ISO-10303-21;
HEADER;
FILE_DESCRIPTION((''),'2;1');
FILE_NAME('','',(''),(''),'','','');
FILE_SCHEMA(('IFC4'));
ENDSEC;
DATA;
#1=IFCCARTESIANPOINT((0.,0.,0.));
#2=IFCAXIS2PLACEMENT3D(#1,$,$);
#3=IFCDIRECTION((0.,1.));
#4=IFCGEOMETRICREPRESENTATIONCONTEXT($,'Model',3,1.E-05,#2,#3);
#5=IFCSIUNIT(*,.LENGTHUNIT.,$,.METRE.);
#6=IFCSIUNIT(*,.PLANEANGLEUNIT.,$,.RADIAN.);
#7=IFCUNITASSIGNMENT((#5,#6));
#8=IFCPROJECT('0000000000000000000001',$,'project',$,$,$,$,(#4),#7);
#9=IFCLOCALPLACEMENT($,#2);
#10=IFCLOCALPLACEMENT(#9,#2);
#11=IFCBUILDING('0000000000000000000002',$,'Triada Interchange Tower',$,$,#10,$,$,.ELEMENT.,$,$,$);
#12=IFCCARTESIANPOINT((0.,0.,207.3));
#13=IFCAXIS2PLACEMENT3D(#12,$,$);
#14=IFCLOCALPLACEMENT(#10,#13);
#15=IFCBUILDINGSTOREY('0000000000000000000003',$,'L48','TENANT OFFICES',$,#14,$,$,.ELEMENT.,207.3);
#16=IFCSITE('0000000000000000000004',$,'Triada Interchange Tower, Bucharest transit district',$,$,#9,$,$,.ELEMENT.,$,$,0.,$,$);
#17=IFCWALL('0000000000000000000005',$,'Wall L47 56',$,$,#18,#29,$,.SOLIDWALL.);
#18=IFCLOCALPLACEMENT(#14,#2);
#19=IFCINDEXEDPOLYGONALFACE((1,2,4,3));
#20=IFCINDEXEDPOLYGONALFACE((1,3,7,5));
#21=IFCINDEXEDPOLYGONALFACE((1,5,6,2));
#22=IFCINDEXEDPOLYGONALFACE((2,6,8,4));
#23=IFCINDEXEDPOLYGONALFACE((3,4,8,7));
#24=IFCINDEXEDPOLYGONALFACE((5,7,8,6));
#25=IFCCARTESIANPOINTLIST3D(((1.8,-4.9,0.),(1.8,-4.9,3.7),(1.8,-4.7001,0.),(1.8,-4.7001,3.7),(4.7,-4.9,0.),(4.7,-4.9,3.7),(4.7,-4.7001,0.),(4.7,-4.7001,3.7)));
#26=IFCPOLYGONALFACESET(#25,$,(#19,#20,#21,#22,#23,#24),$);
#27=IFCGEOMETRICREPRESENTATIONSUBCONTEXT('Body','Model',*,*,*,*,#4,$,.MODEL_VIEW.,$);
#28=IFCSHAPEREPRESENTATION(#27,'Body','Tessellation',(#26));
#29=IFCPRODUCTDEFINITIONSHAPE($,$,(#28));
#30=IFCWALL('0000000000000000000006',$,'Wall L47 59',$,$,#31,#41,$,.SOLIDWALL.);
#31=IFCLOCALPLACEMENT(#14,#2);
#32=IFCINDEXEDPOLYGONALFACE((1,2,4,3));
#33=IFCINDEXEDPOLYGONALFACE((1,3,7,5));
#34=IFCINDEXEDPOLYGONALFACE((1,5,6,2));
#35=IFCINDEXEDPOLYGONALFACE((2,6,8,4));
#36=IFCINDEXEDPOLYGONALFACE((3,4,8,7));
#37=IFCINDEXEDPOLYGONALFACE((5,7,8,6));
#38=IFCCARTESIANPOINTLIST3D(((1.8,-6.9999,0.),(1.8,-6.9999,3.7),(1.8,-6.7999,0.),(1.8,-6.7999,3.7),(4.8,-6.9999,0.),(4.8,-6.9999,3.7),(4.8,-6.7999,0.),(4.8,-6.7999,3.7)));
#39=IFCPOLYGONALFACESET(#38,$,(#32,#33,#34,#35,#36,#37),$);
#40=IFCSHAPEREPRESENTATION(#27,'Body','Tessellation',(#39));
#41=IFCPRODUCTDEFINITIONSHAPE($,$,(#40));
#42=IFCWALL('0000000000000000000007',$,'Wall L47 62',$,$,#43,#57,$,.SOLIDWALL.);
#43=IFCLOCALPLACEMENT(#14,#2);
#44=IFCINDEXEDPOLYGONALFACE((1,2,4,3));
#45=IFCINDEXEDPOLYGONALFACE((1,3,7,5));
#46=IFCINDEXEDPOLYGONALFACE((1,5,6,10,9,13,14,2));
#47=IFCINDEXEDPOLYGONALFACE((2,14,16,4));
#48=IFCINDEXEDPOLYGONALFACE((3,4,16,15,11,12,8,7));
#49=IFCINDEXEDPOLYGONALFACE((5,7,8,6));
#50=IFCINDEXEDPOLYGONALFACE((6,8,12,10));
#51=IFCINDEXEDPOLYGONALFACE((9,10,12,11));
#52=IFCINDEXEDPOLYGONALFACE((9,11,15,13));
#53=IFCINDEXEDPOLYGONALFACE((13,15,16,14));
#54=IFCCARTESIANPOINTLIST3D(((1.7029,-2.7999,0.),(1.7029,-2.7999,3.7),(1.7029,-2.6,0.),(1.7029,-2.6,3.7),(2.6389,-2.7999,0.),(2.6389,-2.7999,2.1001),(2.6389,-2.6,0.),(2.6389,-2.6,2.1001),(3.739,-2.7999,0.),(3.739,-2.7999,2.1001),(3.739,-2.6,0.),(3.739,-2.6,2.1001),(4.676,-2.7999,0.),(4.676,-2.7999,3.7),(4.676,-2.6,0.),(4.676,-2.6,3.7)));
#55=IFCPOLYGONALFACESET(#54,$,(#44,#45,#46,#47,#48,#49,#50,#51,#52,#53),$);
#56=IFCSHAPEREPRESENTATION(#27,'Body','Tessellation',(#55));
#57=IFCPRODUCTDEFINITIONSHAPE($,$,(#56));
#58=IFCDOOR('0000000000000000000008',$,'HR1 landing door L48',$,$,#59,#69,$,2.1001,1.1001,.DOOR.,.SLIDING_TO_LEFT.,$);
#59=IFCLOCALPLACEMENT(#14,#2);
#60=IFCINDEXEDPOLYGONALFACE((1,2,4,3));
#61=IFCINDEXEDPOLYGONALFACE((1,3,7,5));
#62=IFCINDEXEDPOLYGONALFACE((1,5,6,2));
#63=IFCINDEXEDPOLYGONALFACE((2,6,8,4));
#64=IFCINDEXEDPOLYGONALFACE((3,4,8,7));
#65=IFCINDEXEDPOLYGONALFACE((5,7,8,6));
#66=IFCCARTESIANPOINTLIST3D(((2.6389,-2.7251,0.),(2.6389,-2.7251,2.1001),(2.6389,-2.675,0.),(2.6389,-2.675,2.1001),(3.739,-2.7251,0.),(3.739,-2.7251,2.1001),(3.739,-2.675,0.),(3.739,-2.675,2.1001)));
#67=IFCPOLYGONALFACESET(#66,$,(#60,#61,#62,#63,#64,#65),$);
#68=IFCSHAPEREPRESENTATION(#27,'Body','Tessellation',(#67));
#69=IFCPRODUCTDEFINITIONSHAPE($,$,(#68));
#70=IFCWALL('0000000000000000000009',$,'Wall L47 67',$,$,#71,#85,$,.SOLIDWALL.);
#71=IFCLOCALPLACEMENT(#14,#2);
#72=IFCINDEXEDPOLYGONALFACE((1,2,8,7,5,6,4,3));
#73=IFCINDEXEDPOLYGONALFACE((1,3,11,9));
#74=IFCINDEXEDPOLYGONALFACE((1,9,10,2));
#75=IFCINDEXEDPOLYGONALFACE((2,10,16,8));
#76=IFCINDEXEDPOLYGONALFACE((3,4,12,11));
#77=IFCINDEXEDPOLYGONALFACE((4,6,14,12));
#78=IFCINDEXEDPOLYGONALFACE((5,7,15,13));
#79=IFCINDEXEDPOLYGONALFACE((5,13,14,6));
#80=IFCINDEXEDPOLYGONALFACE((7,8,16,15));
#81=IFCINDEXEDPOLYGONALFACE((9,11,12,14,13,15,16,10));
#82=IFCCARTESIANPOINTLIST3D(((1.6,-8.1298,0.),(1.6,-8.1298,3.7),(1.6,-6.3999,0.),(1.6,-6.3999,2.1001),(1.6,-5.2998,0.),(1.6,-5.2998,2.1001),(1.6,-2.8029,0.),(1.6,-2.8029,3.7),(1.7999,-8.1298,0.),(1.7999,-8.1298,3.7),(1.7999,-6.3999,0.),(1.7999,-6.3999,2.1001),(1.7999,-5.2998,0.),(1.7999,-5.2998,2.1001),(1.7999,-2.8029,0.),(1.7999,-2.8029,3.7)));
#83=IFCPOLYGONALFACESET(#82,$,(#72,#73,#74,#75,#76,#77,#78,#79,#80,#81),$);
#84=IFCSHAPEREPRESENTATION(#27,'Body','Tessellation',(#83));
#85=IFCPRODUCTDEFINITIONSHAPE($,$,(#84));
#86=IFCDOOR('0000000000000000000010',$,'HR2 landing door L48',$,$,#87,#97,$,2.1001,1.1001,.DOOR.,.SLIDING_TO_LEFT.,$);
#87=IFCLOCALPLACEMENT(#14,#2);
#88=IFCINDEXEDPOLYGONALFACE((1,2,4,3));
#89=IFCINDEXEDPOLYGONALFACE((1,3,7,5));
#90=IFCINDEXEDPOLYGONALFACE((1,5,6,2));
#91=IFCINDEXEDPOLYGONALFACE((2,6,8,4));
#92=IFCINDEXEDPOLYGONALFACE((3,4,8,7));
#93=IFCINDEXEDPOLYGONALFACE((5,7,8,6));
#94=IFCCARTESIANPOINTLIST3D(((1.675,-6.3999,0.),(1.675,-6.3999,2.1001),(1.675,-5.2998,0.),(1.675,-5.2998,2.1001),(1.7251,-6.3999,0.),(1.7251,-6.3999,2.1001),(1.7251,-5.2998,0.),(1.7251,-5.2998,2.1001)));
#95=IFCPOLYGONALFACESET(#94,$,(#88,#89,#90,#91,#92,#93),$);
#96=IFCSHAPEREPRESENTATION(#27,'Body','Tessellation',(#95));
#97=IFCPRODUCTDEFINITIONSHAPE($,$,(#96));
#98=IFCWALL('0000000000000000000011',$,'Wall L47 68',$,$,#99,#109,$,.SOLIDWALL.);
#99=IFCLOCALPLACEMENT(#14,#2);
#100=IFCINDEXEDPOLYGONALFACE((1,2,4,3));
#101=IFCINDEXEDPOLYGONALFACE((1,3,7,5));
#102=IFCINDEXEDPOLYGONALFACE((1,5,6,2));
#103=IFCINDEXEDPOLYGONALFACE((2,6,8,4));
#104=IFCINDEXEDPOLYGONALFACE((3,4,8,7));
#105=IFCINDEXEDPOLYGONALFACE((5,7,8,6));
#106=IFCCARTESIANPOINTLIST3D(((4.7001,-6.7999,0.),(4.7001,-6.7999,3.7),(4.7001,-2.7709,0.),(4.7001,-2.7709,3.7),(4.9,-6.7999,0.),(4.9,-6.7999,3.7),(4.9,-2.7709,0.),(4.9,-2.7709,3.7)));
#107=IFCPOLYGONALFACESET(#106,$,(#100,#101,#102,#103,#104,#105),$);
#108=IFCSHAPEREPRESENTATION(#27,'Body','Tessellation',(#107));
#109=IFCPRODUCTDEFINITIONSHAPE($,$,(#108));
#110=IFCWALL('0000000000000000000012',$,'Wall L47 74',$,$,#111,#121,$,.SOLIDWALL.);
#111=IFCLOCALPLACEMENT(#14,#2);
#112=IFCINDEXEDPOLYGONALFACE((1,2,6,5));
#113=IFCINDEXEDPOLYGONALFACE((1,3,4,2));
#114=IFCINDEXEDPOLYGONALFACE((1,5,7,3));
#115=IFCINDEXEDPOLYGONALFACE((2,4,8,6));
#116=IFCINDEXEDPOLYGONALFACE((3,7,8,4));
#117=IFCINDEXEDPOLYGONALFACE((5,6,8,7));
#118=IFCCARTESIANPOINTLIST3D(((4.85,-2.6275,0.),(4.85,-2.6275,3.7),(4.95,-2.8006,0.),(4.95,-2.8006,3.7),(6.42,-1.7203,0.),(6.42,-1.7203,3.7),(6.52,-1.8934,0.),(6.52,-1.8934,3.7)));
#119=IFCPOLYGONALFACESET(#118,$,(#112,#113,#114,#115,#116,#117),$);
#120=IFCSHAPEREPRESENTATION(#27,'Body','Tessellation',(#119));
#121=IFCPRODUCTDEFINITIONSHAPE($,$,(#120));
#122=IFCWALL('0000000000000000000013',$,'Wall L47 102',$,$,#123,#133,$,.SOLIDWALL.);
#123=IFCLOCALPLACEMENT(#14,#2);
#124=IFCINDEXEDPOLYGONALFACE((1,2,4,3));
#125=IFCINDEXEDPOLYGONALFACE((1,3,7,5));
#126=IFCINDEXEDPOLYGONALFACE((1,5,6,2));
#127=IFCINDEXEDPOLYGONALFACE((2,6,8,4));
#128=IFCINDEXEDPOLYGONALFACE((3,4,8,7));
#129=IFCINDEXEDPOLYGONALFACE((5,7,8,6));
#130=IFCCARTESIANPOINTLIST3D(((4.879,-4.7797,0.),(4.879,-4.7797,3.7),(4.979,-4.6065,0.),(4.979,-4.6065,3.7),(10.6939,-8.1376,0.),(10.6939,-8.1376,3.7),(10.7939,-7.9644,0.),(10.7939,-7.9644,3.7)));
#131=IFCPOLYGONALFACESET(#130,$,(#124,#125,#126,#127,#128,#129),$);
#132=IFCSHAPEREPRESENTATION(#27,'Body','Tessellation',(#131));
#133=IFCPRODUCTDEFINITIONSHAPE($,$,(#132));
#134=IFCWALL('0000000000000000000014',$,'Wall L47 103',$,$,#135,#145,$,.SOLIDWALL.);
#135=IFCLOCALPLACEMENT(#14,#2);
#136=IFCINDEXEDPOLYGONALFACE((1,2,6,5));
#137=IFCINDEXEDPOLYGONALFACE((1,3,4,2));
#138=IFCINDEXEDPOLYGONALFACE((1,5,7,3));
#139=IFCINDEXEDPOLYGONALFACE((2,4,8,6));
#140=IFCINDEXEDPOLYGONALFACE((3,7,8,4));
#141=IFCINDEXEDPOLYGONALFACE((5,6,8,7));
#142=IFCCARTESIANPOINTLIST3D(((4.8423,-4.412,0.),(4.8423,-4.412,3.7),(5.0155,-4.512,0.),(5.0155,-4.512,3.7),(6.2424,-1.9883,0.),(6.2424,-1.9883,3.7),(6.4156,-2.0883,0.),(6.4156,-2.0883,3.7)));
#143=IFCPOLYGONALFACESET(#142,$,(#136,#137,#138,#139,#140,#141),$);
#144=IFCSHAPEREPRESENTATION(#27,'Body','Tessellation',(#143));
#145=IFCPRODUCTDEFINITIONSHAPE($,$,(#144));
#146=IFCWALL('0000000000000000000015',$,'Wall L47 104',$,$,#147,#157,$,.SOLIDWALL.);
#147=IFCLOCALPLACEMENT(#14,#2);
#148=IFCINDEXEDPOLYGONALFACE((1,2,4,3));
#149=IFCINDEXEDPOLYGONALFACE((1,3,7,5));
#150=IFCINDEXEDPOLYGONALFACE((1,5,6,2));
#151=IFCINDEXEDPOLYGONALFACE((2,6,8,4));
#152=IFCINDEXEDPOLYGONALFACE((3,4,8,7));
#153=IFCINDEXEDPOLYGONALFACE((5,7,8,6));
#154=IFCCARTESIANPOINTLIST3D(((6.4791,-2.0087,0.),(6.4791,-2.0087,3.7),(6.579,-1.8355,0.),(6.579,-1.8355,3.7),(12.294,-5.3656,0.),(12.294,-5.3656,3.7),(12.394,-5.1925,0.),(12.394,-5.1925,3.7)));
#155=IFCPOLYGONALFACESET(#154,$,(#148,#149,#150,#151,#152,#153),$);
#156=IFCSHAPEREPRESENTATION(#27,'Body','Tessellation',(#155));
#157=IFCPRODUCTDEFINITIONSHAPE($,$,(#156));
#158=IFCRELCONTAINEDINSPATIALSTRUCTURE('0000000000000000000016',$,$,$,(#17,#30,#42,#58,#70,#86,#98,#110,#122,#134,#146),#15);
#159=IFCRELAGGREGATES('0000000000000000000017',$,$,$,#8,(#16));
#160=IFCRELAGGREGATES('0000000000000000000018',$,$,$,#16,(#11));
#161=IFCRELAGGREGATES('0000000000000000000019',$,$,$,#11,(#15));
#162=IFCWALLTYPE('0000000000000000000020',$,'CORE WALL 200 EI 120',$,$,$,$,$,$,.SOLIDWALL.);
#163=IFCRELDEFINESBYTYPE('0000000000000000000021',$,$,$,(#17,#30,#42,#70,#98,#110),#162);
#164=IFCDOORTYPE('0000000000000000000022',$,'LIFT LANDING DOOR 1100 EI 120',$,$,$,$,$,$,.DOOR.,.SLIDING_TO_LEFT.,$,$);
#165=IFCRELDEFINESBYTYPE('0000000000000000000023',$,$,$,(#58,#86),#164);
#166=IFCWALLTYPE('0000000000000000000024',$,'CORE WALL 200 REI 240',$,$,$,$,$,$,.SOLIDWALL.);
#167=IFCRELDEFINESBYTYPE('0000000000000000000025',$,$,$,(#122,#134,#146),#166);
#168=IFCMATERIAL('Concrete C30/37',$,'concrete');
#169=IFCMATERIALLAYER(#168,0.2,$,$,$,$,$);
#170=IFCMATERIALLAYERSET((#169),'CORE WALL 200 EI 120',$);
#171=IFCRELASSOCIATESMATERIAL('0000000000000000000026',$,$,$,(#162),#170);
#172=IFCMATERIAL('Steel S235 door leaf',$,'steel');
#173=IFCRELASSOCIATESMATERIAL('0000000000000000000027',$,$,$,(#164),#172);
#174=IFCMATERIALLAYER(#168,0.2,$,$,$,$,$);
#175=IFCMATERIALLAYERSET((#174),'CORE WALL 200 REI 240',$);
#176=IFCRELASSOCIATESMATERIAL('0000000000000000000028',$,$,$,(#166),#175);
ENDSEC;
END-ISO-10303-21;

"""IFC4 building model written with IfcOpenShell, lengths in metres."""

from ifc_helpers import new_model, si_unit, direction, frame, frame_2d, origin, place, context, subcontext, project, spatial, rectangle, extrude, material, layer, layer_set, type_object, element, fill, save


model = new_model("IFC4")

# Units and contexts
model_context = context("Model", 3, precision=1e-05, world=origin(), true_north=direction((0.0, 1.0)))
body_context = subcontext(model_context, "Body", "Model", "MODEL_VIEW")
ifc_project = project(units=[si_unit("LENGTHUNIT", "METRE"), si_unit("PLANEANGLEUNIT", "RADIAN")], contexts=[model_context])

# Site, building, storey
site_placement = place(None, origin())
site = spatial("IfcSite", under=ifc_project, at=site_placement, Name="Triada Interchange Tower, Bucharest transit district", CompositionType="ELEMENT", RefElevation=0.0)
building_placement = place(site_placement, origin())
building = spatial("IfcBuilding", under=site, at=building_placement, Name="Triada Interchange Tower", CompositionType="ELEMENT")
storey_placement = place(building_placement, frame((0.0, 0.0, 207.3)))
storey = spatial("IfcBuildingStorey", under=building, at=storey_placement, Name="L48", Description="TENANT OFFICES", CompositionType="ELEMENT", Elevation=207.3)

# Walls
ifc_material_1 = material(Name="Concrete C30/37", Category="concrete")
ifc_layer_1 = layer(ifc_material_1, 0.2)
ifc_layer_set_1 = layer_set([ifc_layer_1], Name="CORE WALL 200 EI 120")
wall_type_1 = type_object("IfcWallType", Name="CORE WALL 200 EI 120", PredefinedType="SOLIDWALL", material=ifc_layer_set_1)
wall_1_placement = place(storey_placement, frame((1.8, -4.8, 0.0), z_axis=(0.0, 0.0, 1.0), x_axis=(1.0, 0.0, 0.0)))
element("IfcWall", 1, at=wall_1_placement, inside=storey, type_object=wall_type_1, Name="Wall L47 56", PredefinedType="SOLIDWALL", context=body_context, shape_type="SweptSolid", body=[
    extrude(rectangle(XDim=2.8999, YDim=0.2, at=frame_2d((1.45, 0.0))), origin(), (0.0, 0.0, 1.0), 3.7),
])
wall_2_placement = place(storey_placement, frame((1.8, -6.8999, 0.0), z_axis=(0.0, 0.0, 1.0), x_axis=(1.0, 0.0, 0.0)))
element("IfcWall", 2, at=wall_2_placement, inside=storey, type_object=wall_type_1, Name="Wall L47 59", PredefinedType="SOLIDWALL", context=body_context, shape_type="SweptSolid", body=[
    extrude(rectangle(XDim=3.0, YDim=0.2, at=frame_2d((1.5, 0.0))), origin(), (0.0, 0.0, 1.0), 3.7),
])

# Walls, openings, doors
wall_3_placement = place(storey_placement, frame((1.7029, -2.7, 0.0), z_axis=(0.0, 0.0, 1.0), x_axis=(1.0, 0.0, 0.0)))
wall_3 = element("IfcWall", 3, at=wall_3_placement, inside=storey, type_object=wall_type_1, Name="Wall L47 62", PredefinedType="SOLIDWALL", context=body_context, shape_type="SweptSolid", body=[
    extrude(rectangle(XDim=2.9731, YDim=0.2, at=frame_2d((1.4866, 0.0))), origin(), (0.0, 0.0, 1.0), 3.7),
])
opening_1_placement = place(wall_3_placement, frame((0.936, 0.0, 0.0)))
opening_1 = element("IfcOpeningElement", 4, at=opening_1_placement, cuts=wall_3, PredefinedType="OPENING", context=body_context, shape_type="SweptSolid", body=[
    extrude(rectangle(XDim=1.1001, YDim=2.1001, at=frame_2d((0.55, 1.05))), frame((0.0, 0.1099, 0.0), z_axis=(0.0, -1.0, 0.0), x_axis=(1.0, 0.0, 0.0)), (0.0, 0.0, 1.0), 0.22),
])
ifc_material_2 = material(Name="Steel S235 door leaf", Category="steel")
door_type_1 = type_object("IfcDoorType", Name="LIFT LANDING DOOR 1100 EI 120", OperationType="SLIDING_TO_LEFT", PredefinedType="DOOR", material=ifc_material_2)
door_1_placement = place(opening_1_placement, origin())
door_1 = element("IfcDoor", 5, at=door_1_placement, inside=storey, type_object=door_type_1, Name="HR1 landing door L48", OperationType="SLIDING_TO_LEFT", OverallHeight=2.1001, OverallWidth=1.1001, PredefinedType="DOOR", context=body_context, shape_type="SweptSolid", body=[
    extrude(rectangle(XDim=1.1001, YDim=2.1001, at=frame_2d((0.55, 1.05))), frame((0.0, 0.0249, 0.0), z_axis=(0.0, -1.0, 0.0), x_axis=(1.0, 0.0, 0.0)), (0.0, 0.0, 1.0), 0.05),
])
fill(opening_1, door_1)
wall_4_placement = place(storey_placement, frame((1.7, -8.1299, 0.0), z_axis=(0.0, 0.0, 1.0), x_axis=(0.0, 1.0, 0.0)))
wall_4 = element("IfcWall", 6, at=wall_4_placement, inside=storey, type_object=wall_type_1, Name="Wall L47 67", PredefinedType="SOLIDWALL", context=body_context, shape_type="SweptSolid", body=[
    extrude(rectangle(XDim=5.3269, YDim=0.2, at=frame_2d((2.6636, 0.0))), origin(), (0.0, 0.0, 1.0), 3.7),
])
opening_2_placement = place(wall_4_placement, frame((1.73, 0.0, 0.0)))
opening_2 = element("IfcOpeningElement", 7, at=opening_2_placement, cuts=wall_4, PredefinedType="OPENING", context=body_context, shape_type="SweptSolid", body=[
    extrude(rectangle(XDim=1.1001, YDim=2.1001, at=frame_2d((0.55, 1.05))), frame((0.0, 0.1099, 0.0), z_axis=(0.0, -1.0, 0.0), x_axis=(1.0, 0.0, 0.0)), (0.0, 0.0, 1.0), 0.22),
])
door_2_placement = place(opening_2_placement, origin())
door_2 = element("IfcDoor", 8, at=door_2_placement, inside=storey, type_object=door_type_1, Name="HR2 landing door L48", OperationType="SLIDING_TO_LEFT", OverallHeight=2.1001, OverallWidth=1.1001, PredefinedType="DOOR", context=body_context, shape_type="SweptSolid", body=[
    extrude(rectangle(XDim=1.1001, YDim=2.1001, at=frame_2d((0.55, 1.05))), frame((0.0, 0.0249, 0.0), z_axis=(0.0, -1.0, 0.0), x_axis=(1.0, 0.0, 0.0)), (0.0, 0.0, 1.0), 0.05),
])
fill(opening_2, door_2)

# Walls
wall_5_placement = place(storey_placement, frame((4.8, -6.8, 0.0), z_axis=(0.0, 0.0, 1.0), x_axis=(0.0, 1.0, 0.0)))
element("IfcWall", 9, at=wall_5_placement, inside=storey, type_object=wall_type_1, Name="Wall L47 68", PredefinedType="SOLIDWALL", context=body_context, shape_type="SweptSolid", body=[
    extrude(rectangle(XDim=4.0291, YDim=0.2, at=frame_2d((2.0146, 0.0))), origin(), (0.0, 0.0, 1.0), 3.7),
])
wall_6_placement = place(storey_placement, frame((4.8999, -2.7141, 0.0), z_axis=(0.0, 0.0, 1.0), x_axis=(0.865847, 0.500309, 0.0)))
element("IfcWall", 10, at=wall_6_placement, inside=storey, type_object=wall_type_1, Name="Wall L47 74", PredefinedType="SOLIDWALL", context=body_context, shape_type="SweptSolid", body=[
    extrude(rectangle(XDim=1.8132, YDim=0.2, at=frame_2d((0.9067, 0.0))), origin(), (0.0, 0.0, 1.0), 3.7),
])
ifc_layer_2 = layer(ifc_material_1, 0.2)
ifc_layer_set_2 = layer_set([ifc_layer_2], Name="CORE WALL 200 REI 240")
wall_type_2 = type_object("IfcWallType", Name="CORE WALL 200 REI 240", PredefinedType="SOLIDWALL", material=ifc_layer_set_2)
wall_7_placement = place(storey_placement, frame((4.929, -4.6931, 0.0), z_axis=(0.0, 0.0, 1.0), x_axis=(0.865983, -0.500073, 0.0)))
element("IfcWall", 11, at=wall_7_placement, inside=storey, type_object=wall_type_2, Name="Wall L47 102", PredefinedType="SOLIDWALL", context=body_context, shape_type="SweptSolid", body=[
    extrude(rectangle(XDim=6.7148, YDim=0.2, at=frame_2d((3.3574, 0.0))), origin(), (0.0, 0.0, 1.0), 3.7),
])
wall_8_placement = place(storey_placement, frame((4.929, -4.4619, 0.0), z_axis=(0.0, 0.0, 1.0), x_axis=(0.500201, 0.86591, 0.0)))
element("IfcWall", 12, at=wall_8_placement, inside=storey, type_object=wall_type_2, Name="Wall L47 103", PredefinedType="SOLIDWALL", context=body_context, shape_type="SweptSolid", body=[
    extrude(rectangle(XDim=2.7991, YDim=0.2, at=frame_2d((1.3994, 0.0))), origin(), (0.0, 0.0, 1.0), 3.7),
])
wall_9_placement = place(storey_placement, frame((6.5291, -1.9221, 0.0), z_axis=(0.0, 0.0, 1.0), x_axis=(0.866046, -0.499964, 0.0)))
element("IfcWall", 13, at=wall_9_placement, inside=storey, type_object=wall_type_2, Name="Wall L47 104", PredefinedType="SOLIDWALL", context=body_context, shape_type="SweptSolid", body=[
    extrude(rectangle(XDim=6.7144, YDim=0.2, at=frame_2d((3.3572, 0.0))), origin(), (0.0, 0.0, 1.0), 3.7),
])

save(model, "model.ifc")
